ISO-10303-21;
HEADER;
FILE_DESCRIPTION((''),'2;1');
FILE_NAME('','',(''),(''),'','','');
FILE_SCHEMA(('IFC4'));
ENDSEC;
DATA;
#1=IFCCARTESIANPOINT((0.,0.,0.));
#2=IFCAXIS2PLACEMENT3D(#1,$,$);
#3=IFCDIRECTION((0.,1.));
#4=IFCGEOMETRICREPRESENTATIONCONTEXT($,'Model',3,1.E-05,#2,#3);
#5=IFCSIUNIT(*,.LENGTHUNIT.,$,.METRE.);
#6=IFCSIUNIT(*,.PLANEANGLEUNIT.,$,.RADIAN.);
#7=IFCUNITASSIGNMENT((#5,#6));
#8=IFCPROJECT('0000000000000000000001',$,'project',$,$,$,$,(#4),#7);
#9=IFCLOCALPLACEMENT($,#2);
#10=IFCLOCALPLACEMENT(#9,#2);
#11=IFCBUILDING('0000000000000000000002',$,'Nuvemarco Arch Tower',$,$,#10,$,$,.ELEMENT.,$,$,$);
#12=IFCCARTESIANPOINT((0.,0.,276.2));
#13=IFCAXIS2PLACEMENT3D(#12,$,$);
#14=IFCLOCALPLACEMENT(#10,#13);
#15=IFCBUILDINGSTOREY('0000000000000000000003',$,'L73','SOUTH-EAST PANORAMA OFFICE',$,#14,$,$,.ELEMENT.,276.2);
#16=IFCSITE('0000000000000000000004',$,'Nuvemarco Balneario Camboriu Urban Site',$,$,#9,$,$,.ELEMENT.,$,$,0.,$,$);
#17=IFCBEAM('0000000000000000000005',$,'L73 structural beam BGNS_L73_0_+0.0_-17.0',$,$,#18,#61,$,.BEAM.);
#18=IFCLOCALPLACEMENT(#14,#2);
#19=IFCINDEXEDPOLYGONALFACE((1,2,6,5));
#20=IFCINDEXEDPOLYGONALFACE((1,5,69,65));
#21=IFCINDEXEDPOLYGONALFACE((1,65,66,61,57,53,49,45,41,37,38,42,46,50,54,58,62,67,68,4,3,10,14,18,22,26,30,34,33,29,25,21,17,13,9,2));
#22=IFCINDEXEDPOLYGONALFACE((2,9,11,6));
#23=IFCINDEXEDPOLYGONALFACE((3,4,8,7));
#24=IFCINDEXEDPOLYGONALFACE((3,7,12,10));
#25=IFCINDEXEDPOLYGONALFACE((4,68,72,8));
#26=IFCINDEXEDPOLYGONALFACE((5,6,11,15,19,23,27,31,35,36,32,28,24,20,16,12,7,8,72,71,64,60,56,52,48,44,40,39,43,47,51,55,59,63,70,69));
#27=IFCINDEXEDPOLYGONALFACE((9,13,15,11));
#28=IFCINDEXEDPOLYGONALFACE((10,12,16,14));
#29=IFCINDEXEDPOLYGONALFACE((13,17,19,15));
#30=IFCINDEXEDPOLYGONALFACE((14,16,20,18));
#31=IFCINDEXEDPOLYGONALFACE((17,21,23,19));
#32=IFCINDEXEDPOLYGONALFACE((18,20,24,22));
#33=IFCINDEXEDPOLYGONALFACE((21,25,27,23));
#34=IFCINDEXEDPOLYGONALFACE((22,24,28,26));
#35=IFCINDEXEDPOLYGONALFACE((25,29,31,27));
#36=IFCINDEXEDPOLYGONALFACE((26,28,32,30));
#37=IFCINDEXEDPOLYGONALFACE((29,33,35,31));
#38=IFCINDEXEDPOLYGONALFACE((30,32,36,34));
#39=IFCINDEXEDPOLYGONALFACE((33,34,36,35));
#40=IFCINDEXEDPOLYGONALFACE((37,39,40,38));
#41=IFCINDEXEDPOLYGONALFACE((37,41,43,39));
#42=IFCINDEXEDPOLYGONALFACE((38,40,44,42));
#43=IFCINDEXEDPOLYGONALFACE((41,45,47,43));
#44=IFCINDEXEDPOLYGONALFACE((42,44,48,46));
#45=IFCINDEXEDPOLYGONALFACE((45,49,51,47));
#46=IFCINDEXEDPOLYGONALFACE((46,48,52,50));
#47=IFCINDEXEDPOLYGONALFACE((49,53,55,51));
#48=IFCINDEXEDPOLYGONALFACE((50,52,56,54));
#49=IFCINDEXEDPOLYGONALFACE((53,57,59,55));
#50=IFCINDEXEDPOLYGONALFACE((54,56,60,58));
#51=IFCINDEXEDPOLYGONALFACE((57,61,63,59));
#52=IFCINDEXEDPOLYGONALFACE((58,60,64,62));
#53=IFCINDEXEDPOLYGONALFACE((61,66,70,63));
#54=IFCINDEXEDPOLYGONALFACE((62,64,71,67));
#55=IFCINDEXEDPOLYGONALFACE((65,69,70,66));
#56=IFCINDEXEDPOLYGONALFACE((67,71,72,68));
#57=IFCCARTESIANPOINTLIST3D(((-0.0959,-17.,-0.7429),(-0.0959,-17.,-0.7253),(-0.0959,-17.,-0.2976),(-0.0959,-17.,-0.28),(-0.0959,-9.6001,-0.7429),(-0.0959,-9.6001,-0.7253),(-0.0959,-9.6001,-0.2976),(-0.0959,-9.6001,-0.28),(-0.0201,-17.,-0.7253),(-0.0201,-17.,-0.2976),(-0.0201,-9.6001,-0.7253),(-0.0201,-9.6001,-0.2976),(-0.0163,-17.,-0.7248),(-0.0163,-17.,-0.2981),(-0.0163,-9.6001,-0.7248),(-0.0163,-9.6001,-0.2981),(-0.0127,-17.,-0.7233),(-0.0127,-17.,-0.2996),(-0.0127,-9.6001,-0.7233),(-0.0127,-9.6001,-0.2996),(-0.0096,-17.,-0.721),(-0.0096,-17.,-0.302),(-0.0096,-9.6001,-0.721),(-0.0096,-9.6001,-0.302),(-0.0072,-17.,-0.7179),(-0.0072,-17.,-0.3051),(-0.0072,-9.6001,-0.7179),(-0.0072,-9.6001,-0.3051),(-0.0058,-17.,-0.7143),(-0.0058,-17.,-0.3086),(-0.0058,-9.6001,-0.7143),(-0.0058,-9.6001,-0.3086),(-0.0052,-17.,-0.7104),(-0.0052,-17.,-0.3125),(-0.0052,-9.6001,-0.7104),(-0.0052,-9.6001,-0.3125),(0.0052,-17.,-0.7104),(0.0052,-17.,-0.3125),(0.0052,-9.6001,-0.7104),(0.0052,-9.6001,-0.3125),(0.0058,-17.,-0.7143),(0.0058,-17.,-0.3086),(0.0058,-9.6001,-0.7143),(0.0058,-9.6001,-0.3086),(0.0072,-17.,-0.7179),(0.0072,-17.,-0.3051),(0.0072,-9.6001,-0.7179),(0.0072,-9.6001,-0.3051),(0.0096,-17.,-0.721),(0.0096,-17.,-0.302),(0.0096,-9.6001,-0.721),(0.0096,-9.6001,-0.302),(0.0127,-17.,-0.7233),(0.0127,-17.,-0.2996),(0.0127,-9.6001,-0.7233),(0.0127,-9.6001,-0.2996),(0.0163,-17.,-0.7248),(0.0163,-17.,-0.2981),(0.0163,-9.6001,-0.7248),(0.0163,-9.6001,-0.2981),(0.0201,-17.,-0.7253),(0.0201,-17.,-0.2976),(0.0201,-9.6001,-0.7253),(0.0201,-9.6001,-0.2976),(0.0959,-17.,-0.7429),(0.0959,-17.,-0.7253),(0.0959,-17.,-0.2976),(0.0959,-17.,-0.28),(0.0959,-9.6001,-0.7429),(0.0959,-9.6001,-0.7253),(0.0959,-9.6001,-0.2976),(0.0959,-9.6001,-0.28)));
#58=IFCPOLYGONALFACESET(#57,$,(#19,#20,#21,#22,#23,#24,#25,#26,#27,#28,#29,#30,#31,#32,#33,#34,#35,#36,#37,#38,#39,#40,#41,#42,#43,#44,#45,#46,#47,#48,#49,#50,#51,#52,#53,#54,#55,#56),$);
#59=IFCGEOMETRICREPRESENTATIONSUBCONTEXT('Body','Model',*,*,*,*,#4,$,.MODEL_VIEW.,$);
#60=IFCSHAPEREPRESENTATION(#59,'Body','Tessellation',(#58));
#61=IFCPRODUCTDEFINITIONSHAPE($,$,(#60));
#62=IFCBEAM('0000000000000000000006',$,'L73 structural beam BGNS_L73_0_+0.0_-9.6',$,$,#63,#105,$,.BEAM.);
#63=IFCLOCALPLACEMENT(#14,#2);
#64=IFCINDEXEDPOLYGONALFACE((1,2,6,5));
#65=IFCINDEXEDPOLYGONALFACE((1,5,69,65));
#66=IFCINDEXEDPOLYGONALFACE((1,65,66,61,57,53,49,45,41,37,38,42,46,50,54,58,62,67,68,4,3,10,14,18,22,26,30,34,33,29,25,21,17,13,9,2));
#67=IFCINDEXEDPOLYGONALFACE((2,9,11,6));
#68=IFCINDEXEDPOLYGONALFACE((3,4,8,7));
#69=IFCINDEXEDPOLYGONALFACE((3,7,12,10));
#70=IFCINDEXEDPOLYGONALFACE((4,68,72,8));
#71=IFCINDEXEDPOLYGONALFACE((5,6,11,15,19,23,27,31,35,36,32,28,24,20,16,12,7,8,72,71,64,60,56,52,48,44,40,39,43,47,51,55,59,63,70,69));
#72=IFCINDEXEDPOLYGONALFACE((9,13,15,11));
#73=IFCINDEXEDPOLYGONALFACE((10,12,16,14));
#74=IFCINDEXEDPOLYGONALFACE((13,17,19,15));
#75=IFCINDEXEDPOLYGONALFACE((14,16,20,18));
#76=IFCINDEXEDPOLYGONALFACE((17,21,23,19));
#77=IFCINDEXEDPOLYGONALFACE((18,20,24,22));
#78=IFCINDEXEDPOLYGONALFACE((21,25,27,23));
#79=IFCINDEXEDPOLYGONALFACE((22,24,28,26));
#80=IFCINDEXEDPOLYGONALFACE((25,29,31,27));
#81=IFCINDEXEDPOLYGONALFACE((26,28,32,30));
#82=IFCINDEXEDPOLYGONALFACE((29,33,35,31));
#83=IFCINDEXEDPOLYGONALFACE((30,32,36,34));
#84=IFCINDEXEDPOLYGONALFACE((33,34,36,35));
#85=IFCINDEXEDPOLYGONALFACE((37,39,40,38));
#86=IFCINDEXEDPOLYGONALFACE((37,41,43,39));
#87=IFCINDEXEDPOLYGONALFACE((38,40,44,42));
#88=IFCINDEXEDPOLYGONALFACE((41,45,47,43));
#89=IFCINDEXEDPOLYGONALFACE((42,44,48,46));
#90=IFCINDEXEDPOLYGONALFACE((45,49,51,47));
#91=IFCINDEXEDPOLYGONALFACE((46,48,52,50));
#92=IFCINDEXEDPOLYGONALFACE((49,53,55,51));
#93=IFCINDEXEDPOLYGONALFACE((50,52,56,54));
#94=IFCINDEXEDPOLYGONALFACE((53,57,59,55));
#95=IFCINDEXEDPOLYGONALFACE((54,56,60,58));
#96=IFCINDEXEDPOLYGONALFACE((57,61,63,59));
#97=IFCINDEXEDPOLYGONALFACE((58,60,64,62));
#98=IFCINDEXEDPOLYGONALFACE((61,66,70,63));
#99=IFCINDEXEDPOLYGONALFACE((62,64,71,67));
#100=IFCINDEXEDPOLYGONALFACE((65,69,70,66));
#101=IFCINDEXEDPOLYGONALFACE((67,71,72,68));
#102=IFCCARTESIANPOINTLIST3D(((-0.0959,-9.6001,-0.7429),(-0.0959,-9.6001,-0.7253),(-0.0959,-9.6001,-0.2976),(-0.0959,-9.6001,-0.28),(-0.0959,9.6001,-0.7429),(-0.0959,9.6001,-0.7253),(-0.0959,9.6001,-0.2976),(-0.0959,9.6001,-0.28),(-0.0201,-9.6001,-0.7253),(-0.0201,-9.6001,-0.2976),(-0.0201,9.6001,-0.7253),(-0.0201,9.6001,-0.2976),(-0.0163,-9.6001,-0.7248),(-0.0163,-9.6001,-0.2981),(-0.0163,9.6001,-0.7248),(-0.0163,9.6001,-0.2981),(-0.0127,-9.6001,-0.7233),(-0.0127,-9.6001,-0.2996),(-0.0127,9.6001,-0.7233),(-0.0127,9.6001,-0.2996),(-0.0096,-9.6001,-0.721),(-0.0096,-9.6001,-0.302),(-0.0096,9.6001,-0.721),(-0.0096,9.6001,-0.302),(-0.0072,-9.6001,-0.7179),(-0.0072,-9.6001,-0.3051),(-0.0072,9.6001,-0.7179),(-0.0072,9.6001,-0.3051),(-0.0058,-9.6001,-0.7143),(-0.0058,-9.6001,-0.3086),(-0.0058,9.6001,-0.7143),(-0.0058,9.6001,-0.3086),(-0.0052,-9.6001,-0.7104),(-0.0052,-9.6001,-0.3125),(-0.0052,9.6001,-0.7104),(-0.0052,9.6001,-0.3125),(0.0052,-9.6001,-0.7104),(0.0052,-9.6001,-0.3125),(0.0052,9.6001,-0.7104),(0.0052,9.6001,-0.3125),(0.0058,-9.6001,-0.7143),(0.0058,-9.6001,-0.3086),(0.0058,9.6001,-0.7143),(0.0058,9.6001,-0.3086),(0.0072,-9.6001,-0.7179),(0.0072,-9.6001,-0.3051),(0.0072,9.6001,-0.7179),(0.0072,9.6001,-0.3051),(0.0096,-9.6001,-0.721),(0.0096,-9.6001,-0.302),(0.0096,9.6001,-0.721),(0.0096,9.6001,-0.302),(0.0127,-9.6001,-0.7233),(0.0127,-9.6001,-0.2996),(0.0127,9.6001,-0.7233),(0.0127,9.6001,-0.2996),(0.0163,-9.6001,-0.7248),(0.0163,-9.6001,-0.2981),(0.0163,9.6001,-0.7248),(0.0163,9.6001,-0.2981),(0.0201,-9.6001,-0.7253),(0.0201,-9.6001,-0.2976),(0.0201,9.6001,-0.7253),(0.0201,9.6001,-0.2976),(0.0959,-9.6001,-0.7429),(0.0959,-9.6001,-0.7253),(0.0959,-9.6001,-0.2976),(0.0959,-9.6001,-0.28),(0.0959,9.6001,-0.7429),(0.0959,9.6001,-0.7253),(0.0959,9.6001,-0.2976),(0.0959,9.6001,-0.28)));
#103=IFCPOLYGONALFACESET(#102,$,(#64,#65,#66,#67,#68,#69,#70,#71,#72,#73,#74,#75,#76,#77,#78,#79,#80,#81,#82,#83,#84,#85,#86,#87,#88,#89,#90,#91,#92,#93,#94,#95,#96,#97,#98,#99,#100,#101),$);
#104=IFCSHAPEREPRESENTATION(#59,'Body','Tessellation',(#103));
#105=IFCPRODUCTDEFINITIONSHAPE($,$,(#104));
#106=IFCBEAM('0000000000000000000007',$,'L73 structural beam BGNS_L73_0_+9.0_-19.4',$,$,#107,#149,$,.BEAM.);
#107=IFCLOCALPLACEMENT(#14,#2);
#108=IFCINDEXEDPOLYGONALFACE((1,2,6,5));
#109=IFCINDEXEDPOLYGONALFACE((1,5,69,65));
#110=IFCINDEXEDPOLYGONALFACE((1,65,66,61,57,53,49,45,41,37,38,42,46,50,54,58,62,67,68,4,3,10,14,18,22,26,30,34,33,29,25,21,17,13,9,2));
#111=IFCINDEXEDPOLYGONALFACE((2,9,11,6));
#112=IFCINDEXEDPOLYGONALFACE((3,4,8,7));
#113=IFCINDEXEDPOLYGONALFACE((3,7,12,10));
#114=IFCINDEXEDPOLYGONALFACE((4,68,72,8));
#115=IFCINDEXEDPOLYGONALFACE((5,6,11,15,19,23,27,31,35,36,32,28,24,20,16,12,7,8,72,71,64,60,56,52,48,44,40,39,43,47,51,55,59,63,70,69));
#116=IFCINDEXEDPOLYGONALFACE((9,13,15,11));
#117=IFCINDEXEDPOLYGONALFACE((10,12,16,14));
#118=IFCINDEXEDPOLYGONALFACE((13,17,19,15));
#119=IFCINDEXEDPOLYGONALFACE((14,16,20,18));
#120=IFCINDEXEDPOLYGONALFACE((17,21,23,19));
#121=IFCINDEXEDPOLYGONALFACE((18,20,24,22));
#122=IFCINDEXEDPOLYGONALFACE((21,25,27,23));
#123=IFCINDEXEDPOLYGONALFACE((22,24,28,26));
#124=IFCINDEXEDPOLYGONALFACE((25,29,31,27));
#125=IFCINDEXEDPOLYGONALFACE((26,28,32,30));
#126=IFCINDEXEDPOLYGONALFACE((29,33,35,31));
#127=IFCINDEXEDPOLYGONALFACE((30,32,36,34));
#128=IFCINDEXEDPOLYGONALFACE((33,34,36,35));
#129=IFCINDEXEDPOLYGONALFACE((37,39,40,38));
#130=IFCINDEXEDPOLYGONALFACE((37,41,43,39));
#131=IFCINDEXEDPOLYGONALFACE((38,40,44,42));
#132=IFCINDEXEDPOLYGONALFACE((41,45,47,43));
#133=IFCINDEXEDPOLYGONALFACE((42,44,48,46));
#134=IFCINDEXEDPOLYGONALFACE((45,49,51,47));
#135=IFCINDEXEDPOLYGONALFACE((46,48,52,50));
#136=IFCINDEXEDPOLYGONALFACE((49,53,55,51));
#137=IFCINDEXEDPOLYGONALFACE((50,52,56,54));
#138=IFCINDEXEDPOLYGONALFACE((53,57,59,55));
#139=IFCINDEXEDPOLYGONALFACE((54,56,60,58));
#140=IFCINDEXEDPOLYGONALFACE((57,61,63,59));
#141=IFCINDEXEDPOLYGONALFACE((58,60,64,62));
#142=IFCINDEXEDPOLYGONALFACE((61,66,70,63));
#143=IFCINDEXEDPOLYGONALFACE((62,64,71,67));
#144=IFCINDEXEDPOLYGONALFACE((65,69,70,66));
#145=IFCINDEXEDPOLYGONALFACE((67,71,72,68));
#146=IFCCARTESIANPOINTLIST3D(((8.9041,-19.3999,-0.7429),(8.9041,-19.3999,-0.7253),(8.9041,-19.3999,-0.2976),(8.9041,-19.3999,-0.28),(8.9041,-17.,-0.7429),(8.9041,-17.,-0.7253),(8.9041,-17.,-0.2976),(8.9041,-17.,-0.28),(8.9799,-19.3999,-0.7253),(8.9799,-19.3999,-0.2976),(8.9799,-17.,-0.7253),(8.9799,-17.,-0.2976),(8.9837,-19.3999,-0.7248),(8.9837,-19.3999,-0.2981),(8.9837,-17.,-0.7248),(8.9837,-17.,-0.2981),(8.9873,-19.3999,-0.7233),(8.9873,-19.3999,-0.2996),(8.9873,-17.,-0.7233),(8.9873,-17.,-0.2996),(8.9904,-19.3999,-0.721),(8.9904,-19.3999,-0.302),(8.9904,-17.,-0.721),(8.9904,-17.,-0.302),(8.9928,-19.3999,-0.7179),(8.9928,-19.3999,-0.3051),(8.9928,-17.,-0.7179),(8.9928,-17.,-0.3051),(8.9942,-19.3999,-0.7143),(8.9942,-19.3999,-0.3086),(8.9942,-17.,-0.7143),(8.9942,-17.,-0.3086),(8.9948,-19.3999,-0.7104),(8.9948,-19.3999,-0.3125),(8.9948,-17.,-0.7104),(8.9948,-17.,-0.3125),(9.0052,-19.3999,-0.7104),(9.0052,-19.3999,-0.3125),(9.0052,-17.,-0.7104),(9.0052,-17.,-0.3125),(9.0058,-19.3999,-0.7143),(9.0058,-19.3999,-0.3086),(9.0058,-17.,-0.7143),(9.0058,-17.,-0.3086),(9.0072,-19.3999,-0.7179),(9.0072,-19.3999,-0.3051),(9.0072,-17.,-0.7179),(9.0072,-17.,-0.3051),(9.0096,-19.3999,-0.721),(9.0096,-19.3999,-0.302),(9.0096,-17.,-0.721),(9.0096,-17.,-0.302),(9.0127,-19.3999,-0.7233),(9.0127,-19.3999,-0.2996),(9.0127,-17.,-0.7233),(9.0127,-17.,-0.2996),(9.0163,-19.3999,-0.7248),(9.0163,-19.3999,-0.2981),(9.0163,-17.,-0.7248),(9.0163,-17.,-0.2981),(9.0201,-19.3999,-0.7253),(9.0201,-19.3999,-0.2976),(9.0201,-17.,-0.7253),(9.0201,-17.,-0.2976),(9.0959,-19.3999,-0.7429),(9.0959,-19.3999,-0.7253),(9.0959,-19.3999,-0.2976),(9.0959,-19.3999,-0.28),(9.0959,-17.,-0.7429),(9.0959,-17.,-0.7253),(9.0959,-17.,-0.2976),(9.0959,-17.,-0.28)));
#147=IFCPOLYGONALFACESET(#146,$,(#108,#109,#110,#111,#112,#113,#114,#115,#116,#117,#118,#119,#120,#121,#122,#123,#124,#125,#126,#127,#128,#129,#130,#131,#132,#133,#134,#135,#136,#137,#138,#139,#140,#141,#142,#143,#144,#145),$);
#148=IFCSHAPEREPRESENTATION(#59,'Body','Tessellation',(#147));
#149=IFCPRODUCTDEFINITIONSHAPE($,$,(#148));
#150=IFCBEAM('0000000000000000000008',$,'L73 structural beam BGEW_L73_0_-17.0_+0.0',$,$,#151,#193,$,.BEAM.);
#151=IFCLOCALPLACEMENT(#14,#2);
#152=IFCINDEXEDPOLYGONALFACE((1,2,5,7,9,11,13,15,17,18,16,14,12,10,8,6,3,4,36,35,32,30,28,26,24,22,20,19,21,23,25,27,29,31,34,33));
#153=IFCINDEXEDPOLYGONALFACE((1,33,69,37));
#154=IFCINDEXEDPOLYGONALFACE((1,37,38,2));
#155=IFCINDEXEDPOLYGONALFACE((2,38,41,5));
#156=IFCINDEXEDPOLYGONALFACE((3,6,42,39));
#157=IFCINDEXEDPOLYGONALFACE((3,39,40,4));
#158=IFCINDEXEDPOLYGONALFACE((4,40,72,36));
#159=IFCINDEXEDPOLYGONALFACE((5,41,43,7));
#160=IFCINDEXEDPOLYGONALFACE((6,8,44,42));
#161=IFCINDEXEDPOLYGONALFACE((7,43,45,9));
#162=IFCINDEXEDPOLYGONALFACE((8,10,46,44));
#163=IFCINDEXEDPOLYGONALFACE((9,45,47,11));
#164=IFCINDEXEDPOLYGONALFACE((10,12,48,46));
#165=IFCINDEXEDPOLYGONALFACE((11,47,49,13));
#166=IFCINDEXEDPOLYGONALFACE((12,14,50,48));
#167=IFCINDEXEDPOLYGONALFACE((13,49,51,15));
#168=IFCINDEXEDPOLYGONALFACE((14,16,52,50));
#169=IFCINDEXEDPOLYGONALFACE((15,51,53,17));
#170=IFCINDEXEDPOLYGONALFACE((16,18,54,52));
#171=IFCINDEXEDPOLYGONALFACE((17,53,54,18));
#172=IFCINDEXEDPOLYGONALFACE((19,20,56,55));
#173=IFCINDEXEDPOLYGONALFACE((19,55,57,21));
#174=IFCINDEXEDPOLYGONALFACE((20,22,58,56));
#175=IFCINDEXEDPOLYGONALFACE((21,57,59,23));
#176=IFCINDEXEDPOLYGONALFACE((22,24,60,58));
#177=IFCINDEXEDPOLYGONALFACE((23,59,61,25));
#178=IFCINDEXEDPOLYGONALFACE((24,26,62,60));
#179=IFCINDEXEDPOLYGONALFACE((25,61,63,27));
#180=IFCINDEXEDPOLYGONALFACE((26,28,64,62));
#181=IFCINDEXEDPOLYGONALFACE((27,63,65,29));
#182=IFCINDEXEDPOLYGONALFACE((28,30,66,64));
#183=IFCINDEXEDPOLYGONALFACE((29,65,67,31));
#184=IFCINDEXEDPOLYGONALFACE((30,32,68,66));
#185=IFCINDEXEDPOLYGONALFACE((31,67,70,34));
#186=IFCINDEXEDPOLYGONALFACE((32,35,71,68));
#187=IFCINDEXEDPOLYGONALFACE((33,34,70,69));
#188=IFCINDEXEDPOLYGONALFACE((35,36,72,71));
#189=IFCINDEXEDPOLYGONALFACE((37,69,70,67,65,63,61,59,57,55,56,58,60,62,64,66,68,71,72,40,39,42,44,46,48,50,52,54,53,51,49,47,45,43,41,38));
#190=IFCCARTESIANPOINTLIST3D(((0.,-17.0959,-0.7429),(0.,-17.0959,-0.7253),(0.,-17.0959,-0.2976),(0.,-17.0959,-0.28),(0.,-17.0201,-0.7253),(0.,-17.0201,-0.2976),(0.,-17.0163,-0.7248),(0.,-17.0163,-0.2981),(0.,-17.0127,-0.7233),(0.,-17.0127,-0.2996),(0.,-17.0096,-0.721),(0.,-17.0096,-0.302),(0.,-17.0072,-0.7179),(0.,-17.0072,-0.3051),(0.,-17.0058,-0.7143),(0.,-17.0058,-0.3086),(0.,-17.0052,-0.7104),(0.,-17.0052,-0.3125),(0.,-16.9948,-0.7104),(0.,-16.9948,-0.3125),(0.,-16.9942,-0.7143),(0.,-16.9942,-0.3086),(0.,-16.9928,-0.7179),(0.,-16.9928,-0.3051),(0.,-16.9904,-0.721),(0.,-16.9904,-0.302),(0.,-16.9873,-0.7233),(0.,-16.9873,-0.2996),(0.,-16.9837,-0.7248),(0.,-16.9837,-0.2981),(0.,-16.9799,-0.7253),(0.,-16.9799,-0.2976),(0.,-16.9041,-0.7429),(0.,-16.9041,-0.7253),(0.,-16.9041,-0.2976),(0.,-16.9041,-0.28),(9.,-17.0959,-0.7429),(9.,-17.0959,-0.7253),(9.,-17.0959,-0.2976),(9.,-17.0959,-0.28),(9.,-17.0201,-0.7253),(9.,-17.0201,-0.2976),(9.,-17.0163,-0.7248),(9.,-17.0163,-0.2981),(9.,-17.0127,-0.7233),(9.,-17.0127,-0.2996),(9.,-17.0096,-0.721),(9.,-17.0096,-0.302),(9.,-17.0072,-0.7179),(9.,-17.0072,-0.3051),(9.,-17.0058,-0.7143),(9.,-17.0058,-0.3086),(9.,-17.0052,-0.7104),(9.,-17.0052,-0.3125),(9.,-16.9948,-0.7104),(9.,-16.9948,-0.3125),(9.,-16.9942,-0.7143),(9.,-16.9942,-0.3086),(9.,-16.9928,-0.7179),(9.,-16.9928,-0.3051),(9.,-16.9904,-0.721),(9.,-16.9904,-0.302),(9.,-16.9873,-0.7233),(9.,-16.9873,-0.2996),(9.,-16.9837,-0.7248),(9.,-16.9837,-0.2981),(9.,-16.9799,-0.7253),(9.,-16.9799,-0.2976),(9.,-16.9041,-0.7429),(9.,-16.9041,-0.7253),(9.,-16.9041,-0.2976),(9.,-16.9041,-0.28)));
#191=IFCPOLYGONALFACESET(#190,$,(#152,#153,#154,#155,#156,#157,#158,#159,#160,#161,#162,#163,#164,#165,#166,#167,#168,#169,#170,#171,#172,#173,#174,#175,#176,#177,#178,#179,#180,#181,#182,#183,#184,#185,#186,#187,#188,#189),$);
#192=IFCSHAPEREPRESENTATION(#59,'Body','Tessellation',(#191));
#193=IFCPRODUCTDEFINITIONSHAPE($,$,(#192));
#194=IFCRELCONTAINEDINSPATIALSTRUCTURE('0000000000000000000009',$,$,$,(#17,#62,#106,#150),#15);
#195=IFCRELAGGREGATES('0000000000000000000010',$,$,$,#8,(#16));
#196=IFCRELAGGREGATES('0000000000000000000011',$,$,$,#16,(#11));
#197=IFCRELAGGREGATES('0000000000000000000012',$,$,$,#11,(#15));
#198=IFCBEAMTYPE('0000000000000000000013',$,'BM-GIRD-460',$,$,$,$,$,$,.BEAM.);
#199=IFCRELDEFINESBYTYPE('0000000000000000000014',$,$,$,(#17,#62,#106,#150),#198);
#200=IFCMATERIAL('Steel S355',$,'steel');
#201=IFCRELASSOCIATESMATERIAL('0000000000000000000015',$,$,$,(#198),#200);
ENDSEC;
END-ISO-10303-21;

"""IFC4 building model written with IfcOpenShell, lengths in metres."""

from ifc_helpers import new_model, si_unit, direction, frame, origin, origin_2d, place, context, subcontext, project, spatial, i_section, extrude, material, material_profile, profile_set, type_object, element, save


model = new_model("IFC4")

# Units and contexts
model_context = context("Model", 3, precision=1e-05, world=origin(), true_north=direction((0.0, 1.0)))
body_context = subcontext(model_context, "Body", "Model", "MODEL_VIEW")
ifc_project = project(units=[si_unit("LENGTHUNIT", "METRE"), si_unit("PLANEANGLEUNIT", "RADIAN")], contexts=[model_context])

# Site, building, storey
site_placement = place(None, origin())
site = spatial("IfcSite", under=ifc_project, at=site_placement, Name="Nuvemarco Balneario Camboriu Urban Site", CompositionType="ELEMENT", RefElevation=0.0)
building_placement = place(site_placement, origin())
building = spatial("IfcBuilding", under=site, at=building_placement, Name="Nuvemarco Arch Tower", CompositionType="ELEMENT")
storey_placement = place(building_placement, frame((0.0, 0.0, 276.2)))
storey = spatial("IfcBuildingStorey", under=building, at=storey_placement, Name="L73", Description="SOUTH-EAST PANORAMA OFFICE", CompositionType="ELEMENT", Elevation=276.2)

# Shared definitions
ifc_material_1 = material(Name="Steel S355", Category="steel")

# Beams
ifc_material_profile_1 = material_profile(ifc_material_1, i_section(OverallWidth=0.1919, OverallDepth=0.4629, WebThickness=0.0105, FlangeThickness=0.0176, FilletRadius=0.0149, at=origin_2d()), Name="W460x89")
ifc_profile_set_1 = profile_set([ifc_material_profile_1], Name="Steel S355")
beam_type_1 = type_object("IfcBeamType", Name="BM-GIRD-460", PredefinedType="BEAM", material=ifc_profile_set_1)
beam_1_placement = place(storey_placement, frame((0.0, -17.0, -0.5115), z_axis=(0.0, 1.0, 0.0), x_axis=(-1.0, 0.0, 0.0)))
element("IfcBeam", 1, at=beam_1_placement, inside=storey, type_object=beam_type_1, Name="L73 structural beam BGNS_L73_0_+0.0_-17.0", PredefinedType="BEAM", context=body_context, shape_type="SweptSolid", body=[
    extrude(i_section(OverallWidth=0.1919, OverallDepth=0.4629, WebThickness=0.0105, FlangeThickness=0.0176, FilletRadius=0.0149, at=origin_2d()), origin(), (0.0, 0.0, 1.0), 7.3999),
])
beam_2_placement = place(storey_placement, frame((0.0, -9.6001, -0.5115), z_axis=(0.0, 1.0, 0.0), x_axis=(-1.0, 0.0, 0.0)))
element("IfcBeam", 2, at=beam_2_placement, inside=storey, type_object=beam_type_1, Name="L73 structural beam BGNS_L73_0_+0.0_-9.6", PredefinedType="BEAM", context=body_context, shape_type="SweptSolid", body=[
    extrude(i_section(OverallWidth=0.1919, OverallDepth=0.4629, WebThickness=0.0105, FlangeThickness=0.0176, FilletRadius=0.0149, at=origin_2d()), origin(), (0.0, 0.0, 1.0), 19.2002),
])
beam_3_placement = place(storey_placement, frame((9.0, -19.3999, -0.5115), z_axis=(0.0, 1.0, 0.0), x_axis=(-1.0, 0.0, 0.0)))
element("IfcBeam", 3, at=beam_3_placement, inside=storey, type_object=beam_type_1, Name="L73 structural beam BGNS_L73_0_+9.0_-19.4", PredefinedType="BEAM", context=body_context, shape_type="SweptSolid", body=[
    extrude(i_section(OverallWidth=0.1919, OverallDepth=0.4629, WebThickness=0.0105, FlangeThickness=0.0176, FilletRadius=0.0149, at=origin_2d()), origin(), (0.0, 0.0, 1.0), 2.3999),
])
beam_4_placement = place(storey_placement, frame((0.0, -17.0, -0.5115), z_axis=(1.0, 0.0, 0.0), x_axis=(0.0, 1.0, 0.0)))
element("IfcBeam", 4, at=beam_4_placement, inside=storey, type_object=beam_type_1, Name="L73 structural beam BGEW_L73_0_-17.0_+0.0", PredefinedType="BEAM", context=body_context, shape_type="SweptSolid", body=[
    extrude(i_section(OverallWidth=0.1919, OverallDepth=0.4629, WebThickness=0.0105, FlangeThickness=0.0176, FilletRadius=0.0149, at=origin_2d()), origin(), (0.0, 0.0, 1.0), 9.0),
])

save(model, "model.ifc")
